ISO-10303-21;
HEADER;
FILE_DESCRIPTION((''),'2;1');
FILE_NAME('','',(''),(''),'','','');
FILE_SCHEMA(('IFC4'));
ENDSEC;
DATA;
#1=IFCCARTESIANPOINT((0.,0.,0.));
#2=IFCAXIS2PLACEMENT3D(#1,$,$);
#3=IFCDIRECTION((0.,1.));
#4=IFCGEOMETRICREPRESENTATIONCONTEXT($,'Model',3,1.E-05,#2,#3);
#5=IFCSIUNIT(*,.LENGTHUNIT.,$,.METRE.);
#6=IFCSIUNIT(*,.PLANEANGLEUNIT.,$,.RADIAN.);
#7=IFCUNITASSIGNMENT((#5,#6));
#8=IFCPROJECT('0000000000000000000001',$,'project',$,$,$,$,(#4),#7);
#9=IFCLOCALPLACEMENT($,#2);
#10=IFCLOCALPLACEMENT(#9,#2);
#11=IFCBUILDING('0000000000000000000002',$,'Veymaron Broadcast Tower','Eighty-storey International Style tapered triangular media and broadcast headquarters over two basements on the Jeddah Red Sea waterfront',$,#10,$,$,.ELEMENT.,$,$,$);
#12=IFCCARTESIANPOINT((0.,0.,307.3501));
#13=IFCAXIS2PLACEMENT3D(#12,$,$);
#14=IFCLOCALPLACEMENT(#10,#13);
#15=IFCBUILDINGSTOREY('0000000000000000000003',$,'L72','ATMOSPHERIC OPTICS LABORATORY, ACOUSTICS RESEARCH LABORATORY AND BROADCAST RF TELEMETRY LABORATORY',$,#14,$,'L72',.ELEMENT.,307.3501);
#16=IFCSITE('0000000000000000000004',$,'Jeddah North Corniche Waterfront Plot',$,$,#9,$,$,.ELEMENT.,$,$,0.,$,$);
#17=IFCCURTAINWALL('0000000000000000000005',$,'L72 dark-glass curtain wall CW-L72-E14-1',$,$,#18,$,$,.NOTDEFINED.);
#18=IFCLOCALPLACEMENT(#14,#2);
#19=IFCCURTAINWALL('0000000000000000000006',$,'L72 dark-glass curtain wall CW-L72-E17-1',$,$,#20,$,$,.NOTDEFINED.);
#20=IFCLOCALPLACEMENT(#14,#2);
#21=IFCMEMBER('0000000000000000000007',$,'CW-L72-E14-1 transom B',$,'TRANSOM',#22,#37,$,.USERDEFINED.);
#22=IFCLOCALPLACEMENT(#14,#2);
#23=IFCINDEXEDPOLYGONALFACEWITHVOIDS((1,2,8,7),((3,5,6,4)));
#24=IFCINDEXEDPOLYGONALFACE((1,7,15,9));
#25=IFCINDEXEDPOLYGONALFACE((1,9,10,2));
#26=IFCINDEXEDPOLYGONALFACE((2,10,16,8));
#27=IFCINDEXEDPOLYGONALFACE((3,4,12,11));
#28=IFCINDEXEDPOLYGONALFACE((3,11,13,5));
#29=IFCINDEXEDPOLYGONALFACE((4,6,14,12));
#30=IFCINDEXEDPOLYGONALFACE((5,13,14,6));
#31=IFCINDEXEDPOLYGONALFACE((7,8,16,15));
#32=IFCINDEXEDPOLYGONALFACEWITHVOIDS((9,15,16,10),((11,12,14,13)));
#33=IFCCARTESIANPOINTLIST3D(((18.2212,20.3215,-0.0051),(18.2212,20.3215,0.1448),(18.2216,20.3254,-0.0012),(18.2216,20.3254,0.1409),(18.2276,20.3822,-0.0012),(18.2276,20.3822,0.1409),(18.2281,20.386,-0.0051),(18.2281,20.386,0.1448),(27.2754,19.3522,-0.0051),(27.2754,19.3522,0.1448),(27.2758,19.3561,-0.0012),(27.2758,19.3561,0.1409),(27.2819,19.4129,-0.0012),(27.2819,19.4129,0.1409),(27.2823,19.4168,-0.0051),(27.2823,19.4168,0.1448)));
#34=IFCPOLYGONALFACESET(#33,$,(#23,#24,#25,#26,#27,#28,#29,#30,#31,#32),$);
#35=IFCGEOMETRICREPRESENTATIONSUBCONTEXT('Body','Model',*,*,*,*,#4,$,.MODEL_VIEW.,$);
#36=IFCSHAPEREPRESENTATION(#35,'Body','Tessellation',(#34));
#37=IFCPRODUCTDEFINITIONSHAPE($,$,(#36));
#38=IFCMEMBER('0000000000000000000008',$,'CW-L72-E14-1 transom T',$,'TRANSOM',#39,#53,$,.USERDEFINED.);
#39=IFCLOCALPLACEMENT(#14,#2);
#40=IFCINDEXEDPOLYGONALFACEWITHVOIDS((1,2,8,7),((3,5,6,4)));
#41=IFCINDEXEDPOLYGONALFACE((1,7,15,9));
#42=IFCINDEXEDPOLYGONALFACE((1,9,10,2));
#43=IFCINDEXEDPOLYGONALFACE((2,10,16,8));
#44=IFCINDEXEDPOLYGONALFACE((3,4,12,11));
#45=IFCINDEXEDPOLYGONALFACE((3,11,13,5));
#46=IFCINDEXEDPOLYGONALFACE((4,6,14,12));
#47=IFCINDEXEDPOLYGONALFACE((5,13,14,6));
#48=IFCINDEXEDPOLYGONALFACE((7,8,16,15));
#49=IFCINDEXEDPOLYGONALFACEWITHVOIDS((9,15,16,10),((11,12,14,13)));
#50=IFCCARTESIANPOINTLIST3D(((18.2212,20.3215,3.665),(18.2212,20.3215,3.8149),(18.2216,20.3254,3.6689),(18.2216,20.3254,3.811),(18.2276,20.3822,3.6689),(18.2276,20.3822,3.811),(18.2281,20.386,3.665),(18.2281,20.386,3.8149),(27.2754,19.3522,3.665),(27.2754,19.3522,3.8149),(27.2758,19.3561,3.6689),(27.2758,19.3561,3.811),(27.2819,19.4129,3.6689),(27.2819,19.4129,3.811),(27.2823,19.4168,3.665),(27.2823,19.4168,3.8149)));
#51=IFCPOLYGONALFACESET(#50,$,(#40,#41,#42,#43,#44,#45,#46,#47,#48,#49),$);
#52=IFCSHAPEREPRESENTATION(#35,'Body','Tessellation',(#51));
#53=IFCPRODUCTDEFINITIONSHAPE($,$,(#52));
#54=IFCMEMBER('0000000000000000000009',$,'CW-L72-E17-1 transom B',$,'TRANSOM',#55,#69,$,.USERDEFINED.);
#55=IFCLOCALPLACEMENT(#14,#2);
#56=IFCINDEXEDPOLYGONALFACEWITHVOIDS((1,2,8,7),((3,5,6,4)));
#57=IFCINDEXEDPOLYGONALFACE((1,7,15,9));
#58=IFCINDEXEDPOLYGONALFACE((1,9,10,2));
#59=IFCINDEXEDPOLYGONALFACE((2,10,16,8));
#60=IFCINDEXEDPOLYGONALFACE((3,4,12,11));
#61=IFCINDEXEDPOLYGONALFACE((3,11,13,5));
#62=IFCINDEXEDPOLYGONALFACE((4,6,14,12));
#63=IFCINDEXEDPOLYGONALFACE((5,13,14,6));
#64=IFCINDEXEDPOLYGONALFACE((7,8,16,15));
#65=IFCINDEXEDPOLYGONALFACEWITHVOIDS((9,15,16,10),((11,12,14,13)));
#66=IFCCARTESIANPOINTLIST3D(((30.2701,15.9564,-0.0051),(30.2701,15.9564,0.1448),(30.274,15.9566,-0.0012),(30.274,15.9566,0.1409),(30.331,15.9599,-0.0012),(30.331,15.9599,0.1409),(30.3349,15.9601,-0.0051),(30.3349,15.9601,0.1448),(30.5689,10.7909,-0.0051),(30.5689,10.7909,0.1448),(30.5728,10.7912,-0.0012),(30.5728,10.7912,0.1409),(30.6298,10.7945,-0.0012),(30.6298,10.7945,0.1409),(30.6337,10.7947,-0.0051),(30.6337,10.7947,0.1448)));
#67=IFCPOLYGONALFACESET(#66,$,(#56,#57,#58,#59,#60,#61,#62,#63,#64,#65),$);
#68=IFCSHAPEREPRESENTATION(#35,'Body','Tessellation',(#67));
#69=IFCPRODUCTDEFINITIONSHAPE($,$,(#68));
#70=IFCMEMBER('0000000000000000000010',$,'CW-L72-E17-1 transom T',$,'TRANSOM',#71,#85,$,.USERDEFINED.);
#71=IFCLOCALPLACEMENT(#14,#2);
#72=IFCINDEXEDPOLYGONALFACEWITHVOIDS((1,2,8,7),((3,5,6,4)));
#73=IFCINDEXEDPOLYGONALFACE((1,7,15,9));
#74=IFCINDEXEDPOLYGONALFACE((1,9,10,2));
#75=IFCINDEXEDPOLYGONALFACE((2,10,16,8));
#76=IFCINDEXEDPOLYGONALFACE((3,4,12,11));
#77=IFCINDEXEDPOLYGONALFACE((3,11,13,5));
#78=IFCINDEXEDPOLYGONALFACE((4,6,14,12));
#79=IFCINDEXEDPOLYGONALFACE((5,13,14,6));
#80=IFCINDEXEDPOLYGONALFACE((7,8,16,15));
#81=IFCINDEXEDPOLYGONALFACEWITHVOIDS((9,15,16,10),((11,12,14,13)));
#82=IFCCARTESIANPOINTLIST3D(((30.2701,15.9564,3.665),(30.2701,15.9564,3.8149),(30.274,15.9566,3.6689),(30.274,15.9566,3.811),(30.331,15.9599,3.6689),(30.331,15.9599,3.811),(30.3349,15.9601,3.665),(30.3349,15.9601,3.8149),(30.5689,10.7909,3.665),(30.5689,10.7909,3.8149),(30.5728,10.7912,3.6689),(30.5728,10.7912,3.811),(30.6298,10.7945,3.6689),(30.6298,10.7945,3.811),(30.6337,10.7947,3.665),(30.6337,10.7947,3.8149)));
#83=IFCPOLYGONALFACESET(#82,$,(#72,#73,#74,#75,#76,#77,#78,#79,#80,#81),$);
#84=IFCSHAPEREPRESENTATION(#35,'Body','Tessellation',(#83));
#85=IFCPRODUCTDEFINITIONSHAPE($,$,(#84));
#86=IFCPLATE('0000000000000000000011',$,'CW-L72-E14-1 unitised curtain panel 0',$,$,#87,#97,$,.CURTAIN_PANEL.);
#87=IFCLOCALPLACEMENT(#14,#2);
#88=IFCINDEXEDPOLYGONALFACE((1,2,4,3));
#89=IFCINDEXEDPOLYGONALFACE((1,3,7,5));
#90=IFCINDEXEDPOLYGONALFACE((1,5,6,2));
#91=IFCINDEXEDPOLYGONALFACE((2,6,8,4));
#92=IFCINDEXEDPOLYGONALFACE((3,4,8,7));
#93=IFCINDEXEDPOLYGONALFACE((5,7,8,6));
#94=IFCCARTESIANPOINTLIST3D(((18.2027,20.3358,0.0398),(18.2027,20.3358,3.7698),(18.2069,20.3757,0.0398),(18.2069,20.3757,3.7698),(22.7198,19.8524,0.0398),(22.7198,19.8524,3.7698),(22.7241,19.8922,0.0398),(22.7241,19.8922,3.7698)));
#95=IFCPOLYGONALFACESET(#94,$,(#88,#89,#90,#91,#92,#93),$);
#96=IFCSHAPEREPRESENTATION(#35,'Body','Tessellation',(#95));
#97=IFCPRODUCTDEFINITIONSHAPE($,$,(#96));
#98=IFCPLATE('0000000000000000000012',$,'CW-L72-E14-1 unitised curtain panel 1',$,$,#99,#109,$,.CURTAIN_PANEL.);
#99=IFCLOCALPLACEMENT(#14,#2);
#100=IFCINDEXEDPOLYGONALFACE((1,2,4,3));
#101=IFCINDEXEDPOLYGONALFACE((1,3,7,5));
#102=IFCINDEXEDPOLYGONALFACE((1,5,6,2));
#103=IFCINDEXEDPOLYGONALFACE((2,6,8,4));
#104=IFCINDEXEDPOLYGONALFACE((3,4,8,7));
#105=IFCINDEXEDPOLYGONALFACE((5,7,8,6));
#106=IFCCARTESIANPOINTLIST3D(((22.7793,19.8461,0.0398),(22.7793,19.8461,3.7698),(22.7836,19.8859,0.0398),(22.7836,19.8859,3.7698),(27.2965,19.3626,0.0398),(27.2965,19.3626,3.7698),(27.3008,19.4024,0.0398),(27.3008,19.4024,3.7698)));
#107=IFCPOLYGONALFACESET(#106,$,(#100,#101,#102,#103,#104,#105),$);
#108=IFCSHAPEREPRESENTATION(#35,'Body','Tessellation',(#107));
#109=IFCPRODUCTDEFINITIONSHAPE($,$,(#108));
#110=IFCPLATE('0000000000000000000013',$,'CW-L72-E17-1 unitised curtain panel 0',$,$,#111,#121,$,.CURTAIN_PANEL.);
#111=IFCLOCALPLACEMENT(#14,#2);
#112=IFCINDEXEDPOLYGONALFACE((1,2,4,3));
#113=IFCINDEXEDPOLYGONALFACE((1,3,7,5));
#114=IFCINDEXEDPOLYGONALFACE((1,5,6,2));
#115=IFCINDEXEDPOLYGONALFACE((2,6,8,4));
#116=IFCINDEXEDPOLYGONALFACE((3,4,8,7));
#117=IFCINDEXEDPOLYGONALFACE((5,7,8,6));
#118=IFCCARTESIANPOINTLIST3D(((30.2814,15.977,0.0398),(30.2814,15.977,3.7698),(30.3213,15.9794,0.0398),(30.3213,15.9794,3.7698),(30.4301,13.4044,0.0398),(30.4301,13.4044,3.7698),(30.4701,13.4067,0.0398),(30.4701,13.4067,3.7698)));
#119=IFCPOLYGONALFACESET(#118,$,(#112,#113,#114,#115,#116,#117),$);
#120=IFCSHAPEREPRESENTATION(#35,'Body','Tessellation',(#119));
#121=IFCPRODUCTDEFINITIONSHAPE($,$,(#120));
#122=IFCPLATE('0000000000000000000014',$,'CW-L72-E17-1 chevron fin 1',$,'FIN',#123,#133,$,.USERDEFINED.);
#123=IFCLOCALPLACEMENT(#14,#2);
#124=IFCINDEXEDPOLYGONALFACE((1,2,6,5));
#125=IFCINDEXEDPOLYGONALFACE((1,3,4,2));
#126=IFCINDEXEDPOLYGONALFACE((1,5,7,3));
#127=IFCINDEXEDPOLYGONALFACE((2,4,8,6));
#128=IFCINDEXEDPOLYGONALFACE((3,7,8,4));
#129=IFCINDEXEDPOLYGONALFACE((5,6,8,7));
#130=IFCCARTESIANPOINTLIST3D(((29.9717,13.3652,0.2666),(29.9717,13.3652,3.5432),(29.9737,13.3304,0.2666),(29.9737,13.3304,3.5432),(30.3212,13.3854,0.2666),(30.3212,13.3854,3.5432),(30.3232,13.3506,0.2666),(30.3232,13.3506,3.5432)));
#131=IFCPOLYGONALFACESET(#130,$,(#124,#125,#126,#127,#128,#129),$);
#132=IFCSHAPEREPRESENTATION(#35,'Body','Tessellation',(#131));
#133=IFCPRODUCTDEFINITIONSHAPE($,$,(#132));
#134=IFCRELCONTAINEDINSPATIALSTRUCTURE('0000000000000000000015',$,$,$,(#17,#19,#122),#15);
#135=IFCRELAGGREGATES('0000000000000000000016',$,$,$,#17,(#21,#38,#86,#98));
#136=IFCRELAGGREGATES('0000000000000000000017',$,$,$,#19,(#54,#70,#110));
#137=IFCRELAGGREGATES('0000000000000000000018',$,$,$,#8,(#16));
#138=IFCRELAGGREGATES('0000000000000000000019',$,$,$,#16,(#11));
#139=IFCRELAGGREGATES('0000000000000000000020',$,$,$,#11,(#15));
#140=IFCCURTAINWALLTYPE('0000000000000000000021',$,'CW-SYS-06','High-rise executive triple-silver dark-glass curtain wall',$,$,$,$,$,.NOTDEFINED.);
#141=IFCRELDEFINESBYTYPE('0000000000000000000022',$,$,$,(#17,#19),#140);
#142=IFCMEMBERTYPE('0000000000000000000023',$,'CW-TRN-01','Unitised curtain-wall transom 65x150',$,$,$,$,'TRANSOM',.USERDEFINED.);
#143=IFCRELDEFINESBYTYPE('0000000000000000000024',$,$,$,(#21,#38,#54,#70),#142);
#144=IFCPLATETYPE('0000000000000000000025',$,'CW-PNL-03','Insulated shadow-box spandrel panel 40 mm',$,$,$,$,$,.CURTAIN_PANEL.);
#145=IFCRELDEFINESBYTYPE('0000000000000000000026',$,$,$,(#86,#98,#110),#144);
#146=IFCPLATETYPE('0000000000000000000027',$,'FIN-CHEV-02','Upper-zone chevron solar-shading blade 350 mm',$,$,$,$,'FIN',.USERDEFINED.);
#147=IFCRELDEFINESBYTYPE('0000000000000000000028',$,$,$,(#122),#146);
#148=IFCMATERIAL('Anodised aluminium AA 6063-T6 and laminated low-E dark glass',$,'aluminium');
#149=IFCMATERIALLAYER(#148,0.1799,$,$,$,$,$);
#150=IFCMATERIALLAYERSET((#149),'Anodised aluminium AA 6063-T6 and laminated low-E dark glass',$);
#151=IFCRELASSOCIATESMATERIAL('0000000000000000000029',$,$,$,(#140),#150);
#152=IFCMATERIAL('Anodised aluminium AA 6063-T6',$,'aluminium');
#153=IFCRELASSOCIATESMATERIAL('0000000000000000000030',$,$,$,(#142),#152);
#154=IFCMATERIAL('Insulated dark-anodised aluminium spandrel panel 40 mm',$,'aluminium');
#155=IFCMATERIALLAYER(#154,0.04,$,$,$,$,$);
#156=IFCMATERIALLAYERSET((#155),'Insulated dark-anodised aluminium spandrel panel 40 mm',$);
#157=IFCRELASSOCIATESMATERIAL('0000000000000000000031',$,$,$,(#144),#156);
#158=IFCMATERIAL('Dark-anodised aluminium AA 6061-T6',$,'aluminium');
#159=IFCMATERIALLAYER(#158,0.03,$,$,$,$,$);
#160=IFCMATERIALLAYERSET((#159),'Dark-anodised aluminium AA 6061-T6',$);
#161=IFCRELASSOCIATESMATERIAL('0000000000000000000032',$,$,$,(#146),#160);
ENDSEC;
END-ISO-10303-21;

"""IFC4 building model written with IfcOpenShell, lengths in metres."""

from ifc_helpers import new_model, si_unit, direction, frame, origin, origin_2d, place, context, subcontext, project, spatial, rectangle, hollow_rectangle, extrude, material, layer, layer_set, material_profile, profile_set, type_object, element, aggregate, save


model = new_model("IFC4")

# Units and contexts
model_context = context("Model", 3, precision=1e-05, world=origin(), true_north=direction((0.0, 1.0)))
body_context = subcontext(model_context, "Body", "Model", "MODEL_VIEW")
ifc_project = project(units=[si_unit("LENGTHUNIT", "METRE"), si_unit("PLANEANGLEUNIT", "RADIAN")], contexts=[model_context])

# Site, building, storey
site_placement = place(None, origin())
site = spatial("IfcSite", under=ifc_project, at=site_placement, Name="Jeddah North Corniche Waterfront Plot", CompositionType="ELEMENT", RefElevation=0.0)
building_placement = place(site_placement, origin())
building = spatial("IfcBuilding", under=site, at=building_placement, Name="Veymaron Broadcast Tower", Description="Eighty-storey International Style tapered triangular media and broadcast headquarters over two basements on the Jeddah Red Sea waterfront", CompositionType="ELEMENT")
storey_placement = place(building_placement, frame((0.0, 0.0, 307.3501)))
storey = spatial("IfcBuildingStorey", under=building, at=storey_placement, Name="L72", Description="ATMOSPHERIC OPTICS LABORATORY, ACOUSTICS RESEARCH LABORATORY AND BROADCAST RF TELEMETRY LABORATORY", LongName="L72", CompositionType="ELEMENT", Elevation=307.3501)

# Curtain wall
ifc_material_1 = material(Name="Anodised aluminium AA 6063-T6 and laminated low-E dark glass", Category="aluminium")
ifc_layer_1 = layer(ifc_material_1, 0.1799)
ifc_layer_set_1 = layer_set([ifc_layer_1], Name="Anodised aluminium AA 6063-T6 and laminated low-E dark glass")
curtain_wall_type = type_object("IfcCurtainWallType", Name="CW-SYS-06", Description="High-rise executive triple-silver dark-glass curtain wall", PredefinedType="NOTDEFINED", material=ifc_layer_set_1)
curtain_wall_1_placement = place(storey_placement, origin())
curtain_wall_1 = element("IfcCurtainWall", 1, at=curtain_wall_1_placement, inside=storey, type_object=curtain_wall_type, Name="L72 dark-glass curtain wall CW-L72-E14-1", PredefinedType="NOTDEFINED")
ifc_material_2 = material(Name="Anodised aluminium AA 6063-T6", Category="aluminium")

# Curtain wall
curtain_wall_2_placement = place(storey_placement, origin())
curtain_wall_2 = element("IfcCurtainWall", 2, at=curtain_wall_2_placement, inside=storey, type_object=curtain_wall_type, Name="L72 dark-glass curtain wall CW-L72-E17-1", PredefinedType="NOTDEFINED")

# Members
ifc_material_profile_1 = material_profile(ifc_material_2, hollow_rectangle(XDim=0.0649, YDim=0.1499, WallThickness=0.0039, at=origin_2d()), Name="AL150X65X4")
ifc_profile_set_1 = profile_set([ifc_material_profile_1], Name="Anodised aluminium AA 6063-T6")
member_type_1 = type_object("IfcMemberType", Name="CW-TRN-01", Description="Unitised curtain-wall transom 65x150", ElementType="TRANSOM", PredefinedType="USERDEFINED", material=ifc_profile_set_1)
member_1_placement = place(storey_placement, frame((18.2246, 20.3538, 0.0698), z_axis=(0.994319, -0.10644, 0.0), x_axis=(0.10644, 0.994319, 0.0)))
member_1 = element("IfcMember", 3, at=member_1_placement, type_object=member_type_1, Name="CW-L72-E14-1 transom B", ObjectType="TRANSOM", PredefinedType="USERDEFINED", context=body_context, shape_type="SweptSolid", body=[
    extrude(hollow_rectangle(XDim=0.0649, YDim=0.1499, WallThickness=0.0039, at=origin_2d()), origin(), (0.0, 0.0, 1.0), 9.106),
])
member_2_placement = place(storey_placement, frame((18.2246, 20.3538, 3.74), z_axis=(0.994319, -0.10644, 0.0), x_axis=(0.10644, 0.994319, 0.0)))
member_2 = element("IfcMember", 4, at=member_2_placement, type_object=member_type_1, Name="CW-L72-E14-1 transom T", ObjectType="TRANSOM", PredefinedType="USERDEFINED", context=body_context, shape_type="SweptSolid", body=[
    extrude(hollow_rectangle(XDim=0.0649, YDim=0.1499, WallThickness=0.0039, at=origin_2d()), origin(), (0.0, 0.0, 1.0), 9.106),
])
member_3_placement = place(storey_placement, frame((30.3025, 15.9583, 0.0698), z_axis=(0.057754, -0.998331, 0.0), x_axis=(0.998331, 0.057754, 0.0)))
member_3 = element("IfcMember", 5, at=member_3_placement, type_object=member_type_1, Name="CW-L72-E17-1 transom B", ObjectType="TRANSOM", PredefinedType="USERDEFINED", context=body_context, shape_type="SweptSolid", body=[
    extrude(hollow_rectangle(XDim=0.0649, YDim=0.1499, WallThickness=0.0039, at=origin_2d()), origin(), (0.0, 0.0, 1.0), 5.1741),
])
member_4_placement = place(storey_placement, frame((30.3025, 15.9583, 3.74), z_axis=(0.057754, -0.998331, 0.0), x_axis=(0.998331, 0.057754, 0.0)))
member_4 = element("IfcMember", 6, at=member_4_placement, type_object=member_type_1, Name="CW-L72-E17-1 transom T", ObjectType="TRANSOM", PredefinedType="USERDEFINED", context=body_context, shape_type="SweptSolid", body=[
    extrude(hollow_rectangle(XDim=0.0649, YDim=0.1499, WallThickness=0.0039, at=origin_2d()), origin(), (0.0, 0.0, 1.0), 5.1741),
])

# Plates
ifc_material_3 = material(Name="Insulated dark-anodised aluminium spandrel panel 40 mm", Category="aluminium")
ifc_layer_2 = layer(ifc_material_3, 0.04)
ifc_layer_set_2 = layer_set([ifc_layer_2], Name="Insulated dark-anodised aluminium spandrel panel 40 mm")
plate_type_1 = type_object("IfcPlateType", Name="CW-PNL-03", Description="Insulated shadow-box spandrel panel 40 mm", PredefinedType="CURTAIN_PANEL", material=ifc_layer_set_2)
plate_1_placement = place(storey_placement, frame((20.4634, 20.114, 0.0398), z_axis=(0.0, 0.0, 1.0), x_axis=(0.994321, -0.10642, 0.0)))
plate_1 = element("IfcPlate", 7, at=plate_1_placement, type_object=plate_type_1, Name="CW-L72-E14-1 unitised curtain panel 0", PredefinedType="CURTAIN_PANEL", context=body_context, shape_type="SweptSolid", body=[
    extrude(rectangle(XDim=4.543, YDim=0.04, at=origin_2d()), origin(), (0.0, 0.0, 1.0), 3.73),
])
plate_2_placement = place(storey_placement, frame((25.04, 19.6243, 0.0398), z_axis=(0.0, 0.0, 1.0), x_axis=(0.994321, -0.10642, 0.0)))
plate_2 = element("IfcPlate", 8, at=plate_2_placement, type_object=plate_type_1, Name="CW-L72-E14-1 unitised curtain panel 1", PredefinedType="CURTAIN_PANEL", context=body_context, shape_type="SweptSolid", body=[
    extrude(rectangle(XDim=4.543, YDim=0.04, at=origin_2d()), origin(), (0.0, 0.0, 1.0), 3.73),
])
aggregate(curtain_wall_1, [member_1, member_2, plate_1, plate_2])
plate_3_placement = place(storey_placement, frame((30.3757, 14.6919, 0.0398), z_axis=(0.0, 0.0, 1.0), x_axis=(0.057721, -0.998333, 0.0)))
plate_3 = element("IfcPlate", 9, at=plate_3_placement, type_object=plate_type_1, Name="CW-L72-E17-1 unitised curtain panel 0", PredefinedType="CURTAIN_PANEL", context=body_context, shape_type="SweptSolid", body=[
    extrude(rectangle(XDim=2.5769, YDim=0.04, at=origin_2d()), origin(), (0.0, 0.0, 1.0), 3.73),
])
aggregate(curtain_wall_2, [member_3, member_4, plate_3])
ifc_material_4 = material(Name="Dark-anodised aluminium AA 6061-T6", Category="aluminium")
ifc_layer_3 = layer(ifc_material_4, 0.03)
ifc_layer_set_3 = layer_set([ifc_layer_3], Name="Dark-anodised aluminium AA 6061-T6")
plate_type_2 = type_object("IfcPlateType", Name="FIN-CHEV-02", Description="Upper-zone chevron solar-shading blade 350 mm", ElementType="FIN", PredefinedType="USERDEFINED", material=ifc_layer_set_3)
plate_4_placement = place(storey_placement, frame((30.1475, 13.3579, 0.2666), z_axis=(0.0, 0.0, 1.0), x_axis=(-0.998333, -0.057721, 0.0)))
element("IfcPlate", 10, at=plate_4_placement, inside=storey, type_object=plate_type_2, Name="CW-L72-E17-1 chevron fin 1", ObjectType="FIN", PredefinedType="USERDEFINED", context=body_context, shape_type="SweptSolid", body=[
    extrude(rectangle(XDim=0.3501, YDim=0.0349, at=origin_2d()), origin(), (0.0, 0.0, 1.0), 3.2766),
])

save(model, "model.ifc")
